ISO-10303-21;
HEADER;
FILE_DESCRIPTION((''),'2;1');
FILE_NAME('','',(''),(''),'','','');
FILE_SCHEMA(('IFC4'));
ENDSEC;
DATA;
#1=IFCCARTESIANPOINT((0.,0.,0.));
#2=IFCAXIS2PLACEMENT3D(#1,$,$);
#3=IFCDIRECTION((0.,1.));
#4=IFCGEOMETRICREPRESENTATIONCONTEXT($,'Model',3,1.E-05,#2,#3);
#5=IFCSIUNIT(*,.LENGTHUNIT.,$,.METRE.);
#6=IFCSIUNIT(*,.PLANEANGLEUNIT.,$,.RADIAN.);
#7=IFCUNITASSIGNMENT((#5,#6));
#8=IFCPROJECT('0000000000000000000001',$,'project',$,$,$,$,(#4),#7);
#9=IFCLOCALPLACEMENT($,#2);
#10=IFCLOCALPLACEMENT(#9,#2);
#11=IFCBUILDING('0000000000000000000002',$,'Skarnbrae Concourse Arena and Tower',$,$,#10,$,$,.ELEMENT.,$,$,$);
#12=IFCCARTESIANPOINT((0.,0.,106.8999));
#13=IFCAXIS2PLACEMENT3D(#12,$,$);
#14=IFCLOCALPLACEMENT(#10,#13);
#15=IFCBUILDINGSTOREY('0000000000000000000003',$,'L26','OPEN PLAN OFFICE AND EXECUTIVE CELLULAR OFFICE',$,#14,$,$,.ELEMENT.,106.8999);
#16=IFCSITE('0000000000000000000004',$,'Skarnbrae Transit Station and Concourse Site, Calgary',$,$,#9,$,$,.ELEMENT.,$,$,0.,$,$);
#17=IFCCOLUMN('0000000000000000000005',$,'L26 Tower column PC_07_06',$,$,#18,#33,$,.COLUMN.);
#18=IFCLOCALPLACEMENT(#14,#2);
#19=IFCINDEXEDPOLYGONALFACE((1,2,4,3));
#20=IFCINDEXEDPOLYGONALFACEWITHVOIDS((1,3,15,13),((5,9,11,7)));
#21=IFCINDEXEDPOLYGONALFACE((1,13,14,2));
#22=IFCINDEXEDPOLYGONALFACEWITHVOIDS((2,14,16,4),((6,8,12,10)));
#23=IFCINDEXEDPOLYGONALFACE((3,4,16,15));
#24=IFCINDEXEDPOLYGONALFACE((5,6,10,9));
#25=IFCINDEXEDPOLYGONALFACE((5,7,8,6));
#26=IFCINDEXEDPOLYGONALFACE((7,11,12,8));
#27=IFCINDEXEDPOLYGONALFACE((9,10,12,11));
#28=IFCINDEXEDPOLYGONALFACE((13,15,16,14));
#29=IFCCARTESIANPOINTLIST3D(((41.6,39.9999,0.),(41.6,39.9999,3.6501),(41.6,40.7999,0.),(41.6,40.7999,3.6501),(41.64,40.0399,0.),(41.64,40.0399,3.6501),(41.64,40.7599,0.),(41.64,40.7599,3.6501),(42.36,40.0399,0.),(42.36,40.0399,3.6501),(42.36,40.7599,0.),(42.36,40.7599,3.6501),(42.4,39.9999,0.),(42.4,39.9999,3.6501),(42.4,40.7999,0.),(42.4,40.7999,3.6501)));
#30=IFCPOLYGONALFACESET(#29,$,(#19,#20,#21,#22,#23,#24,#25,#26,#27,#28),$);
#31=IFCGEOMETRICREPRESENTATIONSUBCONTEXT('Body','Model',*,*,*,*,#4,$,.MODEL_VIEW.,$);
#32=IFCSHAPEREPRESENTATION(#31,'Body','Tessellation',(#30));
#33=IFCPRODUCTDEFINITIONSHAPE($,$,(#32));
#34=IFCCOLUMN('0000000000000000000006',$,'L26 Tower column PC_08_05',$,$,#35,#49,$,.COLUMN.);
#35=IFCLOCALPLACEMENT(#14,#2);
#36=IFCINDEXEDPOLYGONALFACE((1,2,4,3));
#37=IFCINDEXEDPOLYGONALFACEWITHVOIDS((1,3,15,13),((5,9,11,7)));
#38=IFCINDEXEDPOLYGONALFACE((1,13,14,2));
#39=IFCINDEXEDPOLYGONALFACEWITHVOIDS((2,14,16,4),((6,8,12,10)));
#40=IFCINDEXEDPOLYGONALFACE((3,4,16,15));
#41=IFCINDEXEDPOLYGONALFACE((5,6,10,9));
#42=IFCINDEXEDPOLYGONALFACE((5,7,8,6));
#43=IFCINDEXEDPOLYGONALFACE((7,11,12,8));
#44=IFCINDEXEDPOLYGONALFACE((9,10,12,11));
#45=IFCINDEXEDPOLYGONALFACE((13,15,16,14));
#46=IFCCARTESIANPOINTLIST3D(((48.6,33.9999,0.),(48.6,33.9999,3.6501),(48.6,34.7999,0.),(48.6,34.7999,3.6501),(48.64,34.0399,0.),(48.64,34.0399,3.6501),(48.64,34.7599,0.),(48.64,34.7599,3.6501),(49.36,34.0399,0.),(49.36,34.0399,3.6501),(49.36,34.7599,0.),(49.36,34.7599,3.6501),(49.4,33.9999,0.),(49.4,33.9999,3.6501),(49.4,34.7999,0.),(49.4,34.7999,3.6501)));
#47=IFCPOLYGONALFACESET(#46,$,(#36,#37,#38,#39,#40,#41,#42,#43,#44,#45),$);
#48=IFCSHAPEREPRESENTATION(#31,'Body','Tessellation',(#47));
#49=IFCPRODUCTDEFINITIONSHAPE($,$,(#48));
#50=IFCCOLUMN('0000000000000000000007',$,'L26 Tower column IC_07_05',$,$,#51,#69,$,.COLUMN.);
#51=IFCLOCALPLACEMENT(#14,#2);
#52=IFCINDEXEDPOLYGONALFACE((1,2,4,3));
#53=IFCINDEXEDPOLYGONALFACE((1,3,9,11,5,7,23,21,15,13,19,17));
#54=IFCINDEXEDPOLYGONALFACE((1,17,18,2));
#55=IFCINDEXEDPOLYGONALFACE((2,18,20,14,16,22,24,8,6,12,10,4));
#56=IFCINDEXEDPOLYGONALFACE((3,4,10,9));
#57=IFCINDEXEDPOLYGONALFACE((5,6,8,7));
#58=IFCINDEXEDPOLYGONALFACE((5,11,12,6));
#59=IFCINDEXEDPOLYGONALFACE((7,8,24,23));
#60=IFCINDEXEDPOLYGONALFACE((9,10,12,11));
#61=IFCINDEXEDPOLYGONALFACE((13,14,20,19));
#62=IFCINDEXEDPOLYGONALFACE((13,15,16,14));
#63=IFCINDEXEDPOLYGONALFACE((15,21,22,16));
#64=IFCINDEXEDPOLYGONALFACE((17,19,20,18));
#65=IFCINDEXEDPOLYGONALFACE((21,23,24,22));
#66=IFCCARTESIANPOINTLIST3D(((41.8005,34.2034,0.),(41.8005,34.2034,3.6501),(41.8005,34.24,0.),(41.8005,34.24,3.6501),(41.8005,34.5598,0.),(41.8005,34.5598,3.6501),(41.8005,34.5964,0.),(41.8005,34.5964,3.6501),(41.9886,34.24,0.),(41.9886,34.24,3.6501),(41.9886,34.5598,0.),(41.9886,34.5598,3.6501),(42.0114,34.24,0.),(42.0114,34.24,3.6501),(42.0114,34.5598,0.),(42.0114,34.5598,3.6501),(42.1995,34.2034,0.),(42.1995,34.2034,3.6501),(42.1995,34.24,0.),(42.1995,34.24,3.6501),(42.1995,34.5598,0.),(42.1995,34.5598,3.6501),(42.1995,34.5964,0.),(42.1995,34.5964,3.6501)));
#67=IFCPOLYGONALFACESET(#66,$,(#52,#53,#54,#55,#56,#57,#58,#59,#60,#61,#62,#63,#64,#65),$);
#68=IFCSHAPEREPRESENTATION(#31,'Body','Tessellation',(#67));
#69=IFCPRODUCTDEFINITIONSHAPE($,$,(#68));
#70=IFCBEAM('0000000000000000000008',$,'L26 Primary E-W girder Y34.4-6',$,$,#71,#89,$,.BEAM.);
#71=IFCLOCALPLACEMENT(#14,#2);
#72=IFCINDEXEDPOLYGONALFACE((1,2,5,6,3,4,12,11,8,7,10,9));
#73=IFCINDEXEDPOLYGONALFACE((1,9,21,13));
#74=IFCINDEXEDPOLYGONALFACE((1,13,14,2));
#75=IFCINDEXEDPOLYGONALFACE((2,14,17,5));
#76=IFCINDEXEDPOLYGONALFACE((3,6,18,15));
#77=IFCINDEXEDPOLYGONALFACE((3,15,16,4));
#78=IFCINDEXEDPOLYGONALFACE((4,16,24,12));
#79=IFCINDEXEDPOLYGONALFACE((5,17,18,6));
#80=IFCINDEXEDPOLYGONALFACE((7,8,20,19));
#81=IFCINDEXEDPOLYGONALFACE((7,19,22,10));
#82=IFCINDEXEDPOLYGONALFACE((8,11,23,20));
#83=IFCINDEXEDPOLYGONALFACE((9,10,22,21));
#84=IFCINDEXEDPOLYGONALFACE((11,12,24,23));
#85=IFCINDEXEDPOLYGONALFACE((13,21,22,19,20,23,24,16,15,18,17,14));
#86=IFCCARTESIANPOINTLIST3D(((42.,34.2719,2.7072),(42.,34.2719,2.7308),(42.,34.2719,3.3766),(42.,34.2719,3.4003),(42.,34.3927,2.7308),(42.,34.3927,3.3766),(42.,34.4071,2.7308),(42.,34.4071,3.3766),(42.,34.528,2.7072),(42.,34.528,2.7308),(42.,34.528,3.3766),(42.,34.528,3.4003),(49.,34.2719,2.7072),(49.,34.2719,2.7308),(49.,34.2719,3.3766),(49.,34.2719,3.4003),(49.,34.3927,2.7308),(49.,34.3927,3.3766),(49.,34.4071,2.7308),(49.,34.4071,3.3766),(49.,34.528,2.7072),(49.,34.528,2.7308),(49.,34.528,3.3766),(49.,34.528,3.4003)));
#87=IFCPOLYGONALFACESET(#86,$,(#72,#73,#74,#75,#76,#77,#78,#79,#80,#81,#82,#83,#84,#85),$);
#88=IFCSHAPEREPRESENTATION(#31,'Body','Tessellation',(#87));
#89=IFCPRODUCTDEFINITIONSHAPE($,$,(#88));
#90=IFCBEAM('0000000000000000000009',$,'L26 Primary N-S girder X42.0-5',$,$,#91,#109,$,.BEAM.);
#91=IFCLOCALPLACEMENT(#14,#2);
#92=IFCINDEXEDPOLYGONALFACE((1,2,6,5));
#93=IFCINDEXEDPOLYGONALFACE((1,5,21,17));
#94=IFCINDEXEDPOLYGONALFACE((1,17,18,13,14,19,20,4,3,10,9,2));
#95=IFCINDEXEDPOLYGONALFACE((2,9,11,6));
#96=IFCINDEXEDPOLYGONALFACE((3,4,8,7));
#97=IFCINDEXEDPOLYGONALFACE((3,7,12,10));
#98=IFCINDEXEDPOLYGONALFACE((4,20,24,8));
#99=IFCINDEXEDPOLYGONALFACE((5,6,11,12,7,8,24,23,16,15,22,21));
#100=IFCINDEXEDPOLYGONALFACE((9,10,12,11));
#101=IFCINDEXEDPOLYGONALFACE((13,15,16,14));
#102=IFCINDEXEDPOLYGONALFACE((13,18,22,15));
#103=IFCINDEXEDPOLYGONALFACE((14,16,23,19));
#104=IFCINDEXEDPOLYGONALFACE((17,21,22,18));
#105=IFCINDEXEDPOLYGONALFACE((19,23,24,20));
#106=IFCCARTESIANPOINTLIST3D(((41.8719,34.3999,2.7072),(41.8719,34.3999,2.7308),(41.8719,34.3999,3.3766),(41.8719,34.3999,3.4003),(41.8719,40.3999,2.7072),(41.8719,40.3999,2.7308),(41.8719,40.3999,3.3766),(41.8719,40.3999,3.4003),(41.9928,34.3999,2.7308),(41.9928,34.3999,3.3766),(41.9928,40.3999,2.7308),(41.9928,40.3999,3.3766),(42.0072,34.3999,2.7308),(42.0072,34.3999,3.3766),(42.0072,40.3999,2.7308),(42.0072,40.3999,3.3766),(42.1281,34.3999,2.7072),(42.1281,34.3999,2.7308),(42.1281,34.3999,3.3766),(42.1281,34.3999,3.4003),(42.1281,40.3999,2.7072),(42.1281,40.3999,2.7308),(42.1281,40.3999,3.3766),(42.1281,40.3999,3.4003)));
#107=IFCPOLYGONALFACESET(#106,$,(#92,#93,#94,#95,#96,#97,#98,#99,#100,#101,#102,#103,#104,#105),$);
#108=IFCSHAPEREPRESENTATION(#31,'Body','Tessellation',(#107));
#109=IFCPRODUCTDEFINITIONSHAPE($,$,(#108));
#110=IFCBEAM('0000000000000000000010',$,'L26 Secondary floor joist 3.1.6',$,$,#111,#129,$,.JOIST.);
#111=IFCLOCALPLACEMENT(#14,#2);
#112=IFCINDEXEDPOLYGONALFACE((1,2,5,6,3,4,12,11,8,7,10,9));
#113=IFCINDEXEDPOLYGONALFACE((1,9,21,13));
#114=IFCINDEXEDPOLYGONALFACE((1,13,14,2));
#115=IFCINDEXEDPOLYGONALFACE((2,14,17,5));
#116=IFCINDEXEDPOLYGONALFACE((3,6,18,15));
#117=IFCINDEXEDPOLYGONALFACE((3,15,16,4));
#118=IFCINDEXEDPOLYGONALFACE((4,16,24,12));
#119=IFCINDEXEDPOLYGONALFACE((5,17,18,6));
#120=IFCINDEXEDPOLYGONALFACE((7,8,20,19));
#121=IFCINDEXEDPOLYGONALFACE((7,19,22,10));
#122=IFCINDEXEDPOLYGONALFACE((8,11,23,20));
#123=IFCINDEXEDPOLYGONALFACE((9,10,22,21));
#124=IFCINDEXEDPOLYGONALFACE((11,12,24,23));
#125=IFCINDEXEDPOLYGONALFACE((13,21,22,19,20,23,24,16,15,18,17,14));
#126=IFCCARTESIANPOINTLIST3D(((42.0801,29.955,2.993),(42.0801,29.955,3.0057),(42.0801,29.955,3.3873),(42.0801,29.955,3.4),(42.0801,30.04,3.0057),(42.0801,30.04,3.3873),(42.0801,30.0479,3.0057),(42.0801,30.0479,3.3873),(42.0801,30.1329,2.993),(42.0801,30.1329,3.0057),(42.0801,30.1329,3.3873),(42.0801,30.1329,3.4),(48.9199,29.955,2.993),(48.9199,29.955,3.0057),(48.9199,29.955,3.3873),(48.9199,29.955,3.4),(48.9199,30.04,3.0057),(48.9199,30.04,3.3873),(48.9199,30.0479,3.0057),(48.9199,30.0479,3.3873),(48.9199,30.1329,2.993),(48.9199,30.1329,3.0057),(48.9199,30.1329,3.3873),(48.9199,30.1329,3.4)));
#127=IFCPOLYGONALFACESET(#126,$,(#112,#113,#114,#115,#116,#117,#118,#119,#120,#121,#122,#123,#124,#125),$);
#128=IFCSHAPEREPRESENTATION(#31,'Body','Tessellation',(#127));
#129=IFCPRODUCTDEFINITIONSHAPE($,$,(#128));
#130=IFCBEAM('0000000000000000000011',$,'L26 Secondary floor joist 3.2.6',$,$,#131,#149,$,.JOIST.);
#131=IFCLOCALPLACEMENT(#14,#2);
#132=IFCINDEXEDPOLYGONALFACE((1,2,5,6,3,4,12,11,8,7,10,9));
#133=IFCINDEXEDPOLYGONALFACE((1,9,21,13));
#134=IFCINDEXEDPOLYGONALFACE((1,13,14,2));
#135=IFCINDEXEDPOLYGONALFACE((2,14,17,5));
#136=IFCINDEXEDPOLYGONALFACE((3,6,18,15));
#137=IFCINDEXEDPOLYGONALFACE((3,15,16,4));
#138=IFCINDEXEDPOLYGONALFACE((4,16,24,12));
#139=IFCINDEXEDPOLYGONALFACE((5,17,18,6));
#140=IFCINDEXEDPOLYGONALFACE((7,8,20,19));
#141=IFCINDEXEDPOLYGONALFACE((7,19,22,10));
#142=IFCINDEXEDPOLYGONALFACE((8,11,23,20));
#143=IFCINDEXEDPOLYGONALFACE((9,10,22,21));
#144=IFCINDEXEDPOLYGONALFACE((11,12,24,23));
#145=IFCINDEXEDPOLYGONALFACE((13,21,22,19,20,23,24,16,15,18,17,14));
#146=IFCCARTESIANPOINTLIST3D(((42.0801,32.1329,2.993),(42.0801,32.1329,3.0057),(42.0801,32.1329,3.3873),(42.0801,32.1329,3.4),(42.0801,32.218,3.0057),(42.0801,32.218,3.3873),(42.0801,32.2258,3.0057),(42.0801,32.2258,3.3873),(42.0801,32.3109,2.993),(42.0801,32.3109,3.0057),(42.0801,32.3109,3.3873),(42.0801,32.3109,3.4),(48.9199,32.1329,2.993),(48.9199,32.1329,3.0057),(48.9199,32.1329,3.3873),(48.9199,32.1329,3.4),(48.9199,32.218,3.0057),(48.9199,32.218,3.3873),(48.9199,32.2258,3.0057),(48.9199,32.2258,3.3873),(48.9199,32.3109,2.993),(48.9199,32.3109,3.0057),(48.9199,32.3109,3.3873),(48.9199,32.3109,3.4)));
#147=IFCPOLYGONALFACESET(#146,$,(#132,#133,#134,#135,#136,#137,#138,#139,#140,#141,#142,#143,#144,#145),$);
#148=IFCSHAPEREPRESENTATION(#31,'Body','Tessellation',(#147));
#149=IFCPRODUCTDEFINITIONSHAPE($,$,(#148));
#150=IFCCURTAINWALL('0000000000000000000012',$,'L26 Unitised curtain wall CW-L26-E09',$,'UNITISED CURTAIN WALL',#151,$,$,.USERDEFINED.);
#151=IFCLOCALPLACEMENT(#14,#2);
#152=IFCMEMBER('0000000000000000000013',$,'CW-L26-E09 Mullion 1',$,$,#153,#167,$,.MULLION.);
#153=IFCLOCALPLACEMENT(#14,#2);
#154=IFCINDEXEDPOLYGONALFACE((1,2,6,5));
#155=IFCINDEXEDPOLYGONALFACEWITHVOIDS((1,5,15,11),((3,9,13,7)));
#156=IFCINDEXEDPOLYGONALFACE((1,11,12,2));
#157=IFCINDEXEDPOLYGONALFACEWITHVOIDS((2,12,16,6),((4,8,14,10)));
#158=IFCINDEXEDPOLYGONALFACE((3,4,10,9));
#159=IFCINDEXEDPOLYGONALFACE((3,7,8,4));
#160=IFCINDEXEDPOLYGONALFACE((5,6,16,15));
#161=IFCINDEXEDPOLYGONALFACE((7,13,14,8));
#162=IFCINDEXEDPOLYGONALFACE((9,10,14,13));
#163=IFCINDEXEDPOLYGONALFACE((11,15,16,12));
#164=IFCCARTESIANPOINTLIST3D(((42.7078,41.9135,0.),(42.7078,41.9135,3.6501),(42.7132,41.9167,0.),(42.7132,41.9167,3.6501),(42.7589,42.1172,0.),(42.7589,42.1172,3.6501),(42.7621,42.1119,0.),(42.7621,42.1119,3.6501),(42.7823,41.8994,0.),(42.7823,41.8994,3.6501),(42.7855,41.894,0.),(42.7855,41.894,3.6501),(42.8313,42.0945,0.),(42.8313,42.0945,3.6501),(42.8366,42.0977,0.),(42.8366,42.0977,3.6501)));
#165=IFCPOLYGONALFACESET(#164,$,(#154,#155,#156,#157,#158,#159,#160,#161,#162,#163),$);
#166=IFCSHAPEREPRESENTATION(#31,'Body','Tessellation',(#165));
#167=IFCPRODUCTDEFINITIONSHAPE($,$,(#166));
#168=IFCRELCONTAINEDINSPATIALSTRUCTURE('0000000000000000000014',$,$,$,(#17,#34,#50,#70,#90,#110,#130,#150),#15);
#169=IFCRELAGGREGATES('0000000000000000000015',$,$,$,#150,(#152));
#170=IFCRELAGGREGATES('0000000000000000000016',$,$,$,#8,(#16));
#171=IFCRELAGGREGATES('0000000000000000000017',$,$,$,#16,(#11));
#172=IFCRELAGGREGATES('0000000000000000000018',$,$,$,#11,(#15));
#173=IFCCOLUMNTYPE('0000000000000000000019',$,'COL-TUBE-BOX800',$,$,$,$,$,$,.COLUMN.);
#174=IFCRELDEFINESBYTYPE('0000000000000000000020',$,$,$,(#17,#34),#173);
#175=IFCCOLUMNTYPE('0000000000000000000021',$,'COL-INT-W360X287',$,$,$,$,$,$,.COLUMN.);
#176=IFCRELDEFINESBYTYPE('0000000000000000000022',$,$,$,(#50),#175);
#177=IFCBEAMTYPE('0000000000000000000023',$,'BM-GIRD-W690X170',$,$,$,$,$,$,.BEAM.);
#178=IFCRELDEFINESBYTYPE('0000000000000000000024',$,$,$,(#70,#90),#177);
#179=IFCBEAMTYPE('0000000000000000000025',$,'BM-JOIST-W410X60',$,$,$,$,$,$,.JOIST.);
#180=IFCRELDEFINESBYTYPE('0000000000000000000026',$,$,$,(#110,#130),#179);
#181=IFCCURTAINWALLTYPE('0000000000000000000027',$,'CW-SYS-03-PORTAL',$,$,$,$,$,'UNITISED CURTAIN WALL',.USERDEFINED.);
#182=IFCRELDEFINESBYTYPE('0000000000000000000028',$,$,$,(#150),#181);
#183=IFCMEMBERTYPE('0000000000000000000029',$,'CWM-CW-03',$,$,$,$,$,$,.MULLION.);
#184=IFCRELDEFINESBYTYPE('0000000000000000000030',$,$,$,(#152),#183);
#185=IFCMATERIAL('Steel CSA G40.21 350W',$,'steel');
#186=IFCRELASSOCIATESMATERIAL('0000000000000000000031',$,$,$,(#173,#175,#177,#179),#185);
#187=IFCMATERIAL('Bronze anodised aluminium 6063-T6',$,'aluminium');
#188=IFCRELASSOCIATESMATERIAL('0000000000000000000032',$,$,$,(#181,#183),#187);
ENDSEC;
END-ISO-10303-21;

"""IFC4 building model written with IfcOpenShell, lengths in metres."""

from ifc_helpers import new_model, si_unit, direction, frame, origin, origin_2d, place, context, subcontext, project, spatial, hollow_rectangle, i_section, extrude, source, transform, mapped, material, material_profile, profile_set, type_object, element, aggregate, save


model = new_model("IFC4")

# Units and contexts
model_context = context("Model", 3, precision=1e-05, world=origin(), true_north=direction((0.0, 1.0)))
body_context = subcontext(model_context, "Body", "Model", "MODEL_VIEW")
ifc_project = project(units=[si_unit("LENGTHUNIT", "METRE"), si_unit("PLANEANGLEUNIT", "RADIAN")], contexts=[model_context])

# Site, building, storey
site_placement = place(None, origin())
site = spatial("IfcSite", under=ifc_project, at=site_placement, Name="Skarnbrae Transit Station and Concourse Site, Calgary", CompositionType="ELEMENT", RefElevation=0.0)
building_placement = place(site_placement, origin())
building = spatial("IfcBuilding", under=site, at=building_placement, Name="Skarnbrae Concourse Arena and Tower", CompositionType="ELEMENT")
storey_placement = place(building_placement, frame((0.0, 0.0, 106.8999)))
storey = spatial("IfcBuildingStorey", under=building, at=storey_placement, Name="L26", Description="OPEN PLAN OFFICE AND EXECUTIVE CELLULAR OFFICE", CompositionType="ELEMENT", Elevation=106.8999)

# Columns
ifc_material_1 = material(Name="Steel CSA G40.21 350W", Category="steel")
ifc_material_profile_1 = material_profile(ifc_material_1, hollow_rectangle(XDim=0.8, YDim=0.8, WallThickness=0.04, at=origin_2d()), Name="BOX800X800X40")
ifc_profile_set_1 = profile_set([ifc_material_profile_1], Name="Steel CSA G40.21 350W")
column_type_1 = type_object("IfcColumnType", Name="COL-TUBE-BOX800", PredefinedType="COLUMN", material=ifc_profile_set_1)
shared_shape_1 = source(origin(), body_context, "Body", "SweptSolid", [
    extrude(hollow_rectangle(XDim=0.8, YDim=0.8, WallThickness=0.04, at=origin_2d()), origin(), (0.0, 0.0, 1.0), 3.6501),
])
for number, where, z_axis, x_axis, name in (
    (1, (42.0, 40.3999, 0.0), (0.0, 0.0, 1.0), (1.0, 0.0, 0.0), "L26 Tower column PC_07_06"),
    (2, (49.0, 34.3999, 0.0), (0.0, 0.0, 1.0), (1.0, 0.0, 0.0), "L26 Tower column PC_08_05"),
):
    element("IfcColumn", number, at=place(storey_placement, frame(where, z_axis=z_axis, x_axis=x_axis)), inside=storey, type_object=column_type_1, Name=name, PredefinedType="COLUMN", context=body_context, shape_type="MappedRepresentation", body=[
        mapped(shared_shape_1, transform((0.0, 0.0, 0.0))),
    ])
ifc_material_profile_2 = material_profile(ifc_material_1, i_section(OverallWidth=0.3989, OverallDepth=0.3931, WebThickness=0.0227, FlangeThickness=0.0366, at=origin_2d()), Name="W360X287")
ifc_profile_set_2 = profile_set([ifc_material_profile_2], Name="Steel CSA G40.21 350W")
column_type_2 = type_object("IfcColumnType", Name="COL-INT-W360X287", PredefinedType="COLUMN", material=ifc_profile_set_2)
shared_shape_2 = source(origin(), body_context, "Body", "SweptSolid", [
    extrude(i_section(OverallWidth=0.3989, OverallDepth=0.3931, WebThickness=0.0227, FlangeThickness=0.0366, at=origin_2d()), origin(), (0.0, 0.0, 1.0), 3.6501),
])
column_placement = place(storey_placement, frame((42.0, 34.3999, 0.0), z_axis=(0.0, 0.0, 1.0), x_axis=(1.0, 0.0, 0.0)))
element("IfcColumn", 3, at=column_placement, inside=storey, type_object=column_type_2, Name="L26 Tower column IC_07_05", PredefinedType="COLUMN", context=body_context, shape_type="MappedRepresentation", body=[
    mapped(shared_shape_2, transform((0.0, 0.0, 0.0))),
])

# Beams
ifc_material_profile_3 = material_profile(ifc_material_1, i_section(OverallWidth=0.2561, OverallDepth=0.6931, WebThickness=0.0144, FlangeThickness=0.0237, at=origin_2d()), Name="W690X170")
ifc_profile_set_3 = profile_set([ifc_material_profile_3], Name="Steel CSA G40.21 350W")
beam_type_1 = type_object("IfcBeamType", Name="BM-GIRD-W690X170", PredefinedType="BEAM", material=ifc_profile_set_3)
shared_shape_3 = source(origin(), body_context, "Body", "SweptSolid", [
    extrude(i_section(OverallWidth=0.2561, OverallDepth=0.6931, WebThickness=0.0144, FlangeThickness=0.0237, at=origin_2d()), origin(), (0.0, 0.0, 1.0), 7.0),
])
beam_1_placement = place(storey_placement, frame((42.0, 34.3999, 3.0537), z_axis=(1.0, 0.0, 0.0), x_axis=(0.0, 1.0, 0.0)))
element("IfcBeam", 4, at=beam_1_placement, inside=storey, type_object=beam_type_1, Name="L26 Primary E-W girder Y34.4-6", PredefinedType="BEAM", context=body_context, shape_type="MappedRepresentation", body=[
    mapped(shared_shape_3, transform((0.0, 0.0, 0.0))),
])
shared_shape_4 = source(origin(), body_context, "Body", "SweptSolid", [
    extrude(i_section(OverallWidth=0.2561, OverallDepth=0.6931, WebThickness=0.0144, FlangeThickness=0.0237, at=origin_2d()), origin(), (0.0, 0.0, 1.0), 6.0),
])
beam_2_placement = place(storey_placement, frame((42.0, 34.3999, 3.0537), z_axis=(0.0, 1.0, 0.0), x_axis=(-1.0, 0.0, 0.0)))
element("IfcBeam", 5, at=beam_2_placement, inside=storey, type_object=beam_type_1, Name="L26 Primary N-S girder X42.0-5", PredefinedType="BEAM", context=body_context, shape_type="MappedRepresentation", body=[
    mapped(shared_shape_4, transform((0.0, 0.0, 0.0))),
])
ifc_material_profile_4 = material_profile(ifc_material_1, i_section(OverallWidth=0.178, OverallDepth=0.407, WebThickness=0.0078, FlangeThickness=0.0127, at=origin_2d()), Name="W410X60")
ifc_profile_set_4 = profile_set([ifc_material_profile_4], Name="Steel CSA G40.21 350W")
beam_type_2 = type_object("IfcBeamType", Name="BM-JOIST-W410X60", PredefinedType="JOIST", material=ifc_profile_set_4)
shared_shape_5 = source(origin(), body_context, "Body", "SweptSolid", [
    extrude(i_section(OverallWidth=0.178, OverallDepth=0.407, WebThickness=0.0078, FlangeThickness=0.0127, at=origin_2d()), origin(), (0.0, 0.0, 1.0), 6.8398),
])
for number, where, z_axis, x_axis, name in (
    (6, (42.0801, 30.0439, 3.1965), (1.0, 0.0, 0.0), (0.0, 1.0, 0.0), "L26 Secondary floor joist 3.1.6"),
    (7, (42.0801, 32.2219, 3.1965), (1.0, 0.0, 0.0), (0.0, 1.0, 0.0), "L26 Secondary floor joist 3.2.6"),
):
    element("IfcBeam", number, at=place(storey_placement, frame(where, z_axis=z_axis, x_axis=x_axis)), inside=storey, type_object=beam_type_2, Name=name, PredefinedType="JOIST", context=body_context, shape_type="MappedRepresentation", body=[
        mapped(shared_shape_5, transform((0.0, 0.0, 0.0))),
    ])

# Curtain wall, member
ifc_material_2 = material(Name="Bronze anodised aluminium 6063-T6", Category="aluminium")
curtain_wall_type_1 = type_object("IfcCurtainWallType", Name="CW-SYS-03-PORTAL", ElementType="UNITISED CURTAIN WALL", PredefinedType="USERDEFINED", material=ifc_material_2)
curtain_wall_1_placement = place(storey_placement, origin())
curtain_wall_1 = element("IfcCurtainWall", 8, at=curtain_wall_1_placement, inside=storey, type_object=curtain_wall_type_1, Name="L26 Unitised curtain wall CW-L26-E09", ObjectType="UNITISED CURTAIN WALL", PredefinedType="USERDEFINED")
ifc_material_profile_5 = material_profile(ifc_material_2, hollow_rectangle(XDim=0.0801, YDim=0.21, WallThickness=0.0044, at=origin_2d()), Name="ALU-MULL-80X210")
ifc_profile_set_5 = profile_set([ifc_material_profile_5], Name="Bronze anodised aluminium 6063-T6")
member_type_1 = type_object("IfcMemberType", Name="CWM-CW-03", PredefinedType="MULLION", material=ifc_profile_set_5)
shared_shape_6 = source(origin(), body_context, "Body", "SweptSolid", [
    extrude(hollow_rectangle(XDim=0.0801, YDim=0.21, WallThickness=0.0044, at=origin_2d()), origin(), (0.0, 0.0, 1.0), 3.6501),
])
member_1_placement = place(storey_placement, frame((42.7722, 42.0056, 0.0), z_axis=(0.0, 0.0, 1.0), x_axis=(-0.969903, 0.243491, 0.0)))
member_1 = element("IfcMember", 9, at=member_1_placement, type_object=member_type_1, Name="CW-L26-E09 Mullion 1", PredefinedType="MULLION", context=body_context, shape_type="MappedRepresentation", body=[
    mapped(shared_shape_6, transform((0.0, 0.0, 0.0))),
])

aggregate(curtain_wall_1, [member_1])

save(model, "model.ifc")
